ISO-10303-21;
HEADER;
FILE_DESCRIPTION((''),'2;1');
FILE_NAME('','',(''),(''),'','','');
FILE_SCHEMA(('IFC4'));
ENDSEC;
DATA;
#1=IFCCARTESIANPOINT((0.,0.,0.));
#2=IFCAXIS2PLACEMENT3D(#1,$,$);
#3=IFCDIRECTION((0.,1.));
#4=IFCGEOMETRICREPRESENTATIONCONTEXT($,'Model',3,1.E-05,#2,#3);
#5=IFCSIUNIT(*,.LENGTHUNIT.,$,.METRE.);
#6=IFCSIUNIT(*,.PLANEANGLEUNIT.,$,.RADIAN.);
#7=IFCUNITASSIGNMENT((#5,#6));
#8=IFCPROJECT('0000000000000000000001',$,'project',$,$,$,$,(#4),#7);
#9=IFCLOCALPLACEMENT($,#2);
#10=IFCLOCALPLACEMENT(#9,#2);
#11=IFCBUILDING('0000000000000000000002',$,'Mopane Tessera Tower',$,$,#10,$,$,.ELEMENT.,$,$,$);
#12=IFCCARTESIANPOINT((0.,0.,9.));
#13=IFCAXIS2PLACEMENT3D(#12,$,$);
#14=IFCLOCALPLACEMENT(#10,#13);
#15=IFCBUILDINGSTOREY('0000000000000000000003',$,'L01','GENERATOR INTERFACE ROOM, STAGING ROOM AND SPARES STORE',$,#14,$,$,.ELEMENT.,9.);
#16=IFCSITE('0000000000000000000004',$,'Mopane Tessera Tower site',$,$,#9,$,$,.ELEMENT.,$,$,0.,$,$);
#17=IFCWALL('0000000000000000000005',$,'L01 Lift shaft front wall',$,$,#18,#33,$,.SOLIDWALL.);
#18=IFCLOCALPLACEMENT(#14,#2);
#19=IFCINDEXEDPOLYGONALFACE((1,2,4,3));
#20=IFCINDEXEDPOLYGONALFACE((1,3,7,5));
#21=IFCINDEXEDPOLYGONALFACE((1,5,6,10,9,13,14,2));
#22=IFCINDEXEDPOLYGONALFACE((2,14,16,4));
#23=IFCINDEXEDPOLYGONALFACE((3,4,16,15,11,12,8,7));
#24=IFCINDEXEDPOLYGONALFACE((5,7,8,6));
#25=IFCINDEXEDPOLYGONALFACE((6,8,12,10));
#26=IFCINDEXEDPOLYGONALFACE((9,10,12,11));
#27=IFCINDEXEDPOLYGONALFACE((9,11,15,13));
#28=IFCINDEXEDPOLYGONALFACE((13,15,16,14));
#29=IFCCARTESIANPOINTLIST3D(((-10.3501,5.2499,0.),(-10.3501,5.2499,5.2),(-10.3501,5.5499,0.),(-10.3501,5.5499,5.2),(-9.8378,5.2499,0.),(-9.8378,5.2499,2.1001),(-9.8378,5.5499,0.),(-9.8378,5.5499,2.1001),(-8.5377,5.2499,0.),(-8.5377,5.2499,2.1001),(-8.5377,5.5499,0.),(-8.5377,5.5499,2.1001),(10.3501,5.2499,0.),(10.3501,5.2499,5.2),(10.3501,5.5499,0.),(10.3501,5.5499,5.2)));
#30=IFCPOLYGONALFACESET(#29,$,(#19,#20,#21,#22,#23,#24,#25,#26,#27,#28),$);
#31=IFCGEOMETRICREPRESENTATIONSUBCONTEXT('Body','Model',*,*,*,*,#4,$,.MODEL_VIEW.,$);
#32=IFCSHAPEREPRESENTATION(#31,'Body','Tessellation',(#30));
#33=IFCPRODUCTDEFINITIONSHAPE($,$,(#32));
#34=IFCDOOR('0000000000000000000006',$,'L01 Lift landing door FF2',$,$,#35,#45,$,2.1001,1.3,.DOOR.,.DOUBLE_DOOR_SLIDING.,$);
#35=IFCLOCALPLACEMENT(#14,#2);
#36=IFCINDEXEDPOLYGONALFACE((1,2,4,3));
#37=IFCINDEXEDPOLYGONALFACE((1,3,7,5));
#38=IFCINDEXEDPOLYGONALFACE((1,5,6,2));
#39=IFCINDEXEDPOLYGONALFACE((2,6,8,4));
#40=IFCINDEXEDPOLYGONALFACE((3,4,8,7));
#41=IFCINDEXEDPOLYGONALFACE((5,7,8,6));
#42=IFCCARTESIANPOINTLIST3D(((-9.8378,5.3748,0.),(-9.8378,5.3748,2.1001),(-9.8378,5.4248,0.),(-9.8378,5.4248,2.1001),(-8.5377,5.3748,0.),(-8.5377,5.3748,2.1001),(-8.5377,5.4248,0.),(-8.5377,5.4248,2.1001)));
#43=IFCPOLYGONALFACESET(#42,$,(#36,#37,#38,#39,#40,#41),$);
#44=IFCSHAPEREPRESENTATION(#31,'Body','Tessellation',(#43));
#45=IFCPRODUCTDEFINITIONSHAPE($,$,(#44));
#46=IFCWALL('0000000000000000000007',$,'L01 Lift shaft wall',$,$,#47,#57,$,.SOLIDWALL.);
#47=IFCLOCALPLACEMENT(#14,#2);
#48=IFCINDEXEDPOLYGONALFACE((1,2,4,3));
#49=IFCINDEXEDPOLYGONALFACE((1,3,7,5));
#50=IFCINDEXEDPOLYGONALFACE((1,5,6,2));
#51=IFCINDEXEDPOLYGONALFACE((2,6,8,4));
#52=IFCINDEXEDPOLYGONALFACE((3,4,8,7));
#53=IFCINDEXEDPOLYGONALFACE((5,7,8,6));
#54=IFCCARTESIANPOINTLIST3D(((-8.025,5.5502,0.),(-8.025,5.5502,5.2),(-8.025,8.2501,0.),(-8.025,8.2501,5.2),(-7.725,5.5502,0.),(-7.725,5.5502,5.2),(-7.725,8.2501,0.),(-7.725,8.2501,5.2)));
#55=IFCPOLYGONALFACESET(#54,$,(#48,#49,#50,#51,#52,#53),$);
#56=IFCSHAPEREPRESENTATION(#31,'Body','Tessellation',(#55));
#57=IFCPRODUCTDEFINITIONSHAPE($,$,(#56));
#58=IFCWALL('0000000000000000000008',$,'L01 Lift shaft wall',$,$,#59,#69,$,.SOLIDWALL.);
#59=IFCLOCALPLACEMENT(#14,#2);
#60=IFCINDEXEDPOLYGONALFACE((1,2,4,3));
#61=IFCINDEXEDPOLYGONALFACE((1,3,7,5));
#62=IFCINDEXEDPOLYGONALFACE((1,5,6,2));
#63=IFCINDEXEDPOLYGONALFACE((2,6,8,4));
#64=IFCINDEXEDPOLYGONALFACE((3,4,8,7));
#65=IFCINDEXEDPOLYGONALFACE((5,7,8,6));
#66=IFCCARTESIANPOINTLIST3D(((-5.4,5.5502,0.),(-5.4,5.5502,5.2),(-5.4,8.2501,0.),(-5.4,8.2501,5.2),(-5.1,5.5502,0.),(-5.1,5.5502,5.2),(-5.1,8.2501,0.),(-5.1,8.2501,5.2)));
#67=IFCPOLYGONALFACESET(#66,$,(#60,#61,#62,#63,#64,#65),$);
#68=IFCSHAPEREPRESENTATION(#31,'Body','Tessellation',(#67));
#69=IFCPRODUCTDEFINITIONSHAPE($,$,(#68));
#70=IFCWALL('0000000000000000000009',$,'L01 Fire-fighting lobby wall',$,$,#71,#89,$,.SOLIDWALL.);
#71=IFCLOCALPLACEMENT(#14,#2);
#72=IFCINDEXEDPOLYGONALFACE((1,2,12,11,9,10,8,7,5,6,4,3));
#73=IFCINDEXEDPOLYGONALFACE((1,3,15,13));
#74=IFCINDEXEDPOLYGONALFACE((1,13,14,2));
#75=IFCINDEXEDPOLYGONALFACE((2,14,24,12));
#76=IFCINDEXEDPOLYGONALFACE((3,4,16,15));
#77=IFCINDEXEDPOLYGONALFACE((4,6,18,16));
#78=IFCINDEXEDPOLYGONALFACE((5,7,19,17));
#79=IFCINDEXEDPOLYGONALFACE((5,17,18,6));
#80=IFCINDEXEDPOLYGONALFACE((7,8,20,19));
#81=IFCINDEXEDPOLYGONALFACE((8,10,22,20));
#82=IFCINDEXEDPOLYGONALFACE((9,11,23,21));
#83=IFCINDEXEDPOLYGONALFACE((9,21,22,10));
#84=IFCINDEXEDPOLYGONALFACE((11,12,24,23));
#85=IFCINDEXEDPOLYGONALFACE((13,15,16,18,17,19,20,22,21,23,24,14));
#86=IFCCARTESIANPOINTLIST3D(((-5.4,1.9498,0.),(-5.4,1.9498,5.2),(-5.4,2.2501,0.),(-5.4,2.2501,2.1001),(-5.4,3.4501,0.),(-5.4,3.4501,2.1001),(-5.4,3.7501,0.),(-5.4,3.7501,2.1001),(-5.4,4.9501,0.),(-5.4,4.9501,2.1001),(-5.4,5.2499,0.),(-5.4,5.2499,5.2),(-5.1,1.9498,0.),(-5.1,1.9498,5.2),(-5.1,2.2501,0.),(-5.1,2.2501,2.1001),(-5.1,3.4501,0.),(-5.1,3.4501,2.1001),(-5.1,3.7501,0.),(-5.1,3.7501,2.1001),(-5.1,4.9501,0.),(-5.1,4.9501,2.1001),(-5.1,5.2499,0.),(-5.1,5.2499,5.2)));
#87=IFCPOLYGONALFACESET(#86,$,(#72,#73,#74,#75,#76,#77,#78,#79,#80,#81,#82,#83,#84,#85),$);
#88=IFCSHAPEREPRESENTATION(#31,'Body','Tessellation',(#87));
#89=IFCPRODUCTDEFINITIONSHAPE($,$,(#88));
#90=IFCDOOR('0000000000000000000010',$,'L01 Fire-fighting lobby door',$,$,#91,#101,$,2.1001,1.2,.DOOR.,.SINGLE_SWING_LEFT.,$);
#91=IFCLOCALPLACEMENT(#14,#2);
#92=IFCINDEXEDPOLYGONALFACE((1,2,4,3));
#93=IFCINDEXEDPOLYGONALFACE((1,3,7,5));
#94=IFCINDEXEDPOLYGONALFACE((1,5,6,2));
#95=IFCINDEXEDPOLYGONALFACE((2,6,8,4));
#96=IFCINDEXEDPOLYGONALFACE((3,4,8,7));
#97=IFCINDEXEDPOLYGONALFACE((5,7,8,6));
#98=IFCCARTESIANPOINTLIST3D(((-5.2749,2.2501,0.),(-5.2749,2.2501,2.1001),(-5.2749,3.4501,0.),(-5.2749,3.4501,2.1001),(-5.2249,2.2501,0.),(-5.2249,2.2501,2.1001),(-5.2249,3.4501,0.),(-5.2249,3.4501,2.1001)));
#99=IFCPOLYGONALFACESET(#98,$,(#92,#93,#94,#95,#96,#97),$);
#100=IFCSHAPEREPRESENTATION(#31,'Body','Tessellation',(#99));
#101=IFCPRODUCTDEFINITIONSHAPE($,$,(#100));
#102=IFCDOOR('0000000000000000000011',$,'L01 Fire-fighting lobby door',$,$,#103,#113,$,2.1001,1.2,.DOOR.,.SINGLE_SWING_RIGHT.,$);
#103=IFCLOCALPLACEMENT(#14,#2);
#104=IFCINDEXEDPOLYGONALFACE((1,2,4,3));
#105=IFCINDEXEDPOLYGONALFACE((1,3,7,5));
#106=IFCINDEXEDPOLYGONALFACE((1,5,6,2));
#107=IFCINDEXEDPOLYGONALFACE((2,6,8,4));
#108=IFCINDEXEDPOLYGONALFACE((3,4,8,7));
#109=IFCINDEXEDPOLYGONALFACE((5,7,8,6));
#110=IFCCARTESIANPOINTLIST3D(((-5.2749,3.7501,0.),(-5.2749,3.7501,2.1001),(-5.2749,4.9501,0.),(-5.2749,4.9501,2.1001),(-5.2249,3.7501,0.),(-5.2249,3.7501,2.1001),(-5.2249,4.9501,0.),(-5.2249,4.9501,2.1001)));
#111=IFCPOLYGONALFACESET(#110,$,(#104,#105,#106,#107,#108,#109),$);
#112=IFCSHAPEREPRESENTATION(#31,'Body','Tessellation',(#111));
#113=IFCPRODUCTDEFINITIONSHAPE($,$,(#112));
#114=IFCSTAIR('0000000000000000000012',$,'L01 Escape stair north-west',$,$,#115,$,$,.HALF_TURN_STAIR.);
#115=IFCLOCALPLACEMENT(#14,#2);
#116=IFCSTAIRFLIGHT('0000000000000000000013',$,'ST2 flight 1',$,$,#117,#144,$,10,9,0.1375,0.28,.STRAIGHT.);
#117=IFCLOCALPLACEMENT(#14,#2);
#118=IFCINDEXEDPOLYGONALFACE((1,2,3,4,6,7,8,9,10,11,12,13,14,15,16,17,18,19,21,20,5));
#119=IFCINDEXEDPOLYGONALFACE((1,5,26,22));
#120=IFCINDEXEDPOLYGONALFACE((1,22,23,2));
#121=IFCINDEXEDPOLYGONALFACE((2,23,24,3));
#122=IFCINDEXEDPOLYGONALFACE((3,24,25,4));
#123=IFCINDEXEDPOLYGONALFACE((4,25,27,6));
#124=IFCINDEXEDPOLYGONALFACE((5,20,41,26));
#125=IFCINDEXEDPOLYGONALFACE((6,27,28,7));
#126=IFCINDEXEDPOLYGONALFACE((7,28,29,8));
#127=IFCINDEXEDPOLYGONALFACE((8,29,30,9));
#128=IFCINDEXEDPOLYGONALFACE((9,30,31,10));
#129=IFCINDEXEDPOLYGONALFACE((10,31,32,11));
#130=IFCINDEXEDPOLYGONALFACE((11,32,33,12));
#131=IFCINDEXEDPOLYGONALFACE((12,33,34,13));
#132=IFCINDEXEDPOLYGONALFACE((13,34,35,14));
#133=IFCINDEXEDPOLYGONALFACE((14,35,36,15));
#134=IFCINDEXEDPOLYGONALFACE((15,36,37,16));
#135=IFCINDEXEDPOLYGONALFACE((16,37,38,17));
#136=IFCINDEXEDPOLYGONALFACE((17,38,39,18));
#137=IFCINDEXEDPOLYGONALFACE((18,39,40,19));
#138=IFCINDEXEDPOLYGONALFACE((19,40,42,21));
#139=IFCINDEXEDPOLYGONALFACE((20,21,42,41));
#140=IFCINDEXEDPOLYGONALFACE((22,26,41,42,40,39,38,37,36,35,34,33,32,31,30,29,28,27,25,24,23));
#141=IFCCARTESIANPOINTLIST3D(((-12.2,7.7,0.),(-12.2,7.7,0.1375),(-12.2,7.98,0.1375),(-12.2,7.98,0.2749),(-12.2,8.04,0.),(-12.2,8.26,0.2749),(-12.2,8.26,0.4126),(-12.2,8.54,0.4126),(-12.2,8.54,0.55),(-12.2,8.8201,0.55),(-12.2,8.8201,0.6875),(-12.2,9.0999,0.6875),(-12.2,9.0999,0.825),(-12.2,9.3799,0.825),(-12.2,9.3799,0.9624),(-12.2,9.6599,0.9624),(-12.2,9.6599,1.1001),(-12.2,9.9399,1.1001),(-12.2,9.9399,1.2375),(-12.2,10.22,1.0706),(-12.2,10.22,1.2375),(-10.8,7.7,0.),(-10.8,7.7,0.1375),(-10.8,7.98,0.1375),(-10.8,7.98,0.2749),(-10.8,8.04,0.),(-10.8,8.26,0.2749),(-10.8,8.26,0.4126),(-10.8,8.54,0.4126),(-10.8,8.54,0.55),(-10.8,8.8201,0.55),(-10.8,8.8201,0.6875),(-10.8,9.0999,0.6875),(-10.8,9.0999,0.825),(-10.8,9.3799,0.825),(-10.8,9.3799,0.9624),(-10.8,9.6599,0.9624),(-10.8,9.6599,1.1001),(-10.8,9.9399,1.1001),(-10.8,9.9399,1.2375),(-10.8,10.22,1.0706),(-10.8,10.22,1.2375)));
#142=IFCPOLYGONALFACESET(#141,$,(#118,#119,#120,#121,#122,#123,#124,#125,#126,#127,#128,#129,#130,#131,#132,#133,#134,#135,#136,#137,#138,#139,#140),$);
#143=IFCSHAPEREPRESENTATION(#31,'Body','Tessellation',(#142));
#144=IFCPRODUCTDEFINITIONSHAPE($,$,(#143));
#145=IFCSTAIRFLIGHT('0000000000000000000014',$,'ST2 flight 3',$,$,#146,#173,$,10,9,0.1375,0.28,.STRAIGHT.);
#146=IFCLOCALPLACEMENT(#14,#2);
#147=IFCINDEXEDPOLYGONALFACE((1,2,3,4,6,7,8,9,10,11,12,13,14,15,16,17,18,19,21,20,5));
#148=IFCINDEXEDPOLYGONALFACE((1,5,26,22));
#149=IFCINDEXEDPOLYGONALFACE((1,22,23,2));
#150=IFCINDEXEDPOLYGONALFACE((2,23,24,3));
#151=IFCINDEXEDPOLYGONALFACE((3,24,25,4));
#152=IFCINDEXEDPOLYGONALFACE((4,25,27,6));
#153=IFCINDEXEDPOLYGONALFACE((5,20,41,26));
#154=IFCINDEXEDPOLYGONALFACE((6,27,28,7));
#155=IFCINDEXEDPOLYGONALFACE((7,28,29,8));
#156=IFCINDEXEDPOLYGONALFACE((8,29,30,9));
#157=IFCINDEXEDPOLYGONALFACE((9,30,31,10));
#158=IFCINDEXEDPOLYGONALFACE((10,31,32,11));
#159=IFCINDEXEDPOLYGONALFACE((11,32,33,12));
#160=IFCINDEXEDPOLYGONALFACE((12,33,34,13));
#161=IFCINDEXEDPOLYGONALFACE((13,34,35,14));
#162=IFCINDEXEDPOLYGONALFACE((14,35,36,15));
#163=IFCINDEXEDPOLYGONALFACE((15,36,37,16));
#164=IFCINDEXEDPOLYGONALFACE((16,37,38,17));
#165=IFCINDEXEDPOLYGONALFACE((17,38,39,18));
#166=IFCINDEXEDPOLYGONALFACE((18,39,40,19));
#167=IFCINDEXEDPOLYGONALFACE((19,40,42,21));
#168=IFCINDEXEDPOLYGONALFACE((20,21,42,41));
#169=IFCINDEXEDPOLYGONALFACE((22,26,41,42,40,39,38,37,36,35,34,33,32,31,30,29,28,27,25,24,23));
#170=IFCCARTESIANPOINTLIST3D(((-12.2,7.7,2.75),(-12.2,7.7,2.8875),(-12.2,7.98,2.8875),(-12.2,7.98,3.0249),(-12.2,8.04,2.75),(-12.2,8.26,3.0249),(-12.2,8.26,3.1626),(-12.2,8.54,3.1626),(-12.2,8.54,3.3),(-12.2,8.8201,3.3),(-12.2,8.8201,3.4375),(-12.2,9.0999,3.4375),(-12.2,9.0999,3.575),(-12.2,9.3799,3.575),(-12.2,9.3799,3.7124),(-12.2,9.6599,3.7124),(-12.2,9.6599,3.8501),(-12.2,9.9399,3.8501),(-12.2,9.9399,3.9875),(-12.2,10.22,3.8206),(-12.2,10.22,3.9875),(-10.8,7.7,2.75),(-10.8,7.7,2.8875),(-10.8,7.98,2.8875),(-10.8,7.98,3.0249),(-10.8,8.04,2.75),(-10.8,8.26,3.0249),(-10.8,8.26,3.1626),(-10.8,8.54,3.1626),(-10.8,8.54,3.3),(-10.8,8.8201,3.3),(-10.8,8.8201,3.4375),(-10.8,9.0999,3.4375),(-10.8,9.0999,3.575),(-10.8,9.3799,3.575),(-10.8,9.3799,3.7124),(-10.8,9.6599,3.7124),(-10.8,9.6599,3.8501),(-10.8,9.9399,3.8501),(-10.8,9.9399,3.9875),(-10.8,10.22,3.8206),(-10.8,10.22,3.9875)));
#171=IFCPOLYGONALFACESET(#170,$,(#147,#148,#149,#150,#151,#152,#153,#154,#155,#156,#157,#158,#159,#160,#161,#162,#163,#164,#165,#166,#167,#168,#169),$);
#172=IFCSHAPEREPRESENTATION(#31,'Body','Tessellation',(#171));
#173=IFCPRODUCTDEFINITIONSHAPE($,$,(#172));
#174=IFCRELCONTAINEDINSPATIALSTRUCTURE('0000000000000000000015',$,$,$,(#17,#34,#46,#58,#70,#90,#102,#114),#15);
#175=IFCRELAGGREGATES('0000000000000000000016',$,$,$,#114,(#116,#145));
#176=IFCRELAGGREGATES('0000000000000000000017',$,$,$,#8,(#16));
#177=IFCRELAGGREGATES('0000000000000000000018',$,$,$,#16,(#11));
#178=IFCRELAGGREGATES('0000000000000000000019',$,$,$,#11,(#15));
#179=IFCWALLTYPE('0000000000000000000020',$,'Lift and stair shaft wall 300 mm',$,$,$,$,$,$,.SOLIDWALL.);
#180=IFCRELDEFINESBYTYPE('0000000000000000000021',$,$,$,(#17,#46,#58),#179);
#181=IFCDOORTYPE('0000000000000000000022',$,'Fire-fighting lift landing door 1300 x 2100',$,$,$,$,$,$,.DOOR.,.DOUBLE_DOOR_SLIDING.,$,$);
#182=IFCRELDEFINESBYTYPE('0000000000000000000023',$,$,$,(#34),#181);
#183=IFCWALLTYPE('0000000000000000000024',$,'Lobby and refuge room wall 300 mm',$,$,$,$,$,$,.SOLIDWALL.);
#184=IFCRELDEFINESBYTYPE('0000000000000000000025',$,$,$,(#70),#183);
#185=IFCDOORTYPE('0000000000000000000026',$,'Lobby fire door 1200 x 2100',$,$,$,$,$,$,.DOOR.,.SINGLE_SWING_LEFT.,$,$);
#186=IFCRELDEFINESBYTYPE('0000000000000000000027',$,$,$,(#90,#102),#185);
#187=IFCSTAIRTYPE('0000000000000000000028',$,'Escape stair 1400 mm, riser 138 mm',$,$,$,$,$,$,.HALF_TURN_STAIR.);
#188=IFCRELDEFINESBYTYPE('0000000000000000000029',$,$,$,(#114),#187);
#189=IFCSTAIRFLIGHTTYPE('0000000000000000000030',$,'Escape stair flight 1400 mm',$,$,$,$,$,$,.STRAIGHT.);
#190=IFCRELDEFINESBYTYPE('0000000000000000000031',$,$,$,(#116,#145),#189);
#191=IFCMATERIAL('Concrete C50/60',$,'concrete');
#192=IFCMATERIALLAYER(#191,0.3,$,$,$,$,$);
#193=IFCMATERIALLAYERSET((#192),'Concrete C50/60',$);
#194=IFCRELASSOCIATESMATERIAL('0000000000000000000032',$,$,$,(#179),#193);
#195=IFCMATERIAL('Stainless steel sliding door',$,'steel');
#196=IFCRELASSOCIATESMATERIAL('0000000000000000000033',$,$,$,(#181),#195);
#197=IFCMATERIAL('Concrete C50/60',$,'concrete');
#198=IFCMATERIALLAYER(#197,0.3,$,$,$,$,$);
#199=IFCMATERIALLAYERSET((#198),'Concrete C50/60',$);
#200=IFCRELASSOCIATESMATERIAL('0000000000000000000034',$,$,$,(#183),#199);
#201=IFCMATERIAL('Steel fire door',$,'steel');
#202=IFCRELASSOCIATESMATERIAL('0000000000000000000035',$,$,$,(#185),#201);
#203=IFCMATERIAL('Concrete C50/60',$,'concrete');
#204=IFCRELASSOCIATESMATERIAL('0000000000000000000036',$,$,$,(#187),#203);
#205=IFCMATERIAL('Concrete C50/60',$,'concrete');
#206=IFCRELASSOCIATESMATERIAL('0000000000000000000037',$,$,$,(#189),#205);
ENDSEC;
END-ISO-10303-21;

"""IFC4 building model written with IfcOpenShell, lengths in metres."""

from ifc_helpers import new_model, si_unit, direction, frame, frame_2d, origin, place, context, subcontext, project, spatial, polyline, rectangle, outline, extrude, material, layer, layer_set, type_object, element, fill, aggregate, save


model = new_model("IFC4")

# Units and contexts
model_context = context("Model", 3, precision=1e-05, world=origin(), true_north=direction((0.0, 1.0)))
body_context = subcontext(model_context, "Body", "Model", "MODEL_VIEW")
ifc_project = project(units=[si_unit("LENGTHUNIT", "METRE"), si_unit("PLANEANGLEUNIT", "RADIAN")], contexts=[model_context])

# Site, building, storey
site_placement = place(None, origin())
site = spatial("IfcSite", under=ifc_project, at=site_placement, Name="Mopane Tessera Tower site", CompositionType="ELEMENT", RefElevation=0.0)
building_placement = place(site_placement, origin())
building = spatial("IfcBuilding", under=site, at=building_placement, Name="Mopane Tessera Tower", CompositionType="ELEMENT")
storey_placement = place(building_placement, frame((0.0, 0.0, 9.0)))
storey = spatial("IfcBuildingStorey", under=building, at=storey_placement, Name="L01", Description="GENERATOR INTERFACE ROOM, STAGING ROOM AND SPARES STORE", CompositionType="ELEMENT", Elevation=9.0)

# Shared definitions
ifc_material_1 = material(Name="Concrete C50/60", Category="concrete")
ifc_layer_1 = layer(ifc_material_1, 0.3)
ifc_layer_set_1 = layer_set([ifc_layer_1], Name="Concrete C50/60")
wall_type_1 = type_object("IfcWallType", Name="Lift and stair shaft wall 300 mm", PredefinedType="SOLIDWALL", material=ifc_layer_set_1)
ifc_material_2 = material(Name="Stainless steel sliding door", Category="steel")
door_type_1 = type_object("IfcDoorType", Name="Fire-fighting lift landing door 1300 x 2100", OperationType="DOUBLE_DOOR_SLIDING", PredefinedType="DOOR", material=ifc_material_2)

# Wall, opening, door
wall_1_placement = place(storey_placement, frame((-10.3501, 5.3999, 0.0), z_axis=(0.0, 0.0, 1.0), x_axis=(1.0, 0.0, 0.0)))
wall_1 = element("IfcWall", 1, at=wall_1_placement, inside=storey, type_object=wall_type_1, Name="L01 Lift shaft front wall", PredefinedType="SOLIDWALL", context=body_context, shape_type="SweptSolid", body=[
    extrude(rectangle(XDim=20.7002, YDim=0.3, at=frame_2d((10.3501, 0.0))), origin(), (0.0, 0.0, 1.0), 5.2),
])
opening_1_placement = place(wall_1_placement, frame((0.5125, 0.0, 0.0)))
opening_1 = element("IfcOpeningElement", 2, at=opening_1_placement, cuts=wall_1, PredefinedType="OPENING", context=body_context, shape_type="SweptSolid", body=[
    extrude(rectangle(XDim=1.3, YDim=2.1001, at=frame_2d((0.6499, 1.05))), frame((0.0, 0.1621, 0.0), z_axis=(0.0, -1.0, 0.0), x_axis=(1.0, 0.0, 0.0)), (0.0, 0.0, 1.0), 0.324),
])
door_1_placement = place(opening_1_placement, origin())
door_1 = element("IfcDoor", 3, at=door_1_placement, inside=storey, type_object=door_type_1, Name="L01 Lift landing door FF2", OperationType="DOUBLE_DOOR_SLIDING", OverallHeight=2.1001, OverallWidth=1.3, PredefinedType="DOOR", context=body_context, shape_type="SweptSolid", body=[
    extrude(rectangle(XDim=1.3, YDim=2.1001, at=frame_2d((0.6499, 1.05))), frame((0.0, 0.0249, 0.0), z_axis=(0.0, -1.0, 0.0), x_axis=(1.0, 0.0, 0.0)), (0.0, 0.0, 1.0), 0.05),
])
fill(opening_1, door_1)

# Walls
for number, where, z_axis, x_axis, name in (
    (4, (-7.875, 5.55, 0.0), (0.0, 0.0, 1.0), (0.0, 1.0, 0.0), "L01 Lift shaft wall"),
    (5, (-5.25, 5.55, 0.0), (0.0, 0.0, 1.0), (0.0, 1.0, 0.0), "L01 Lift shaft wall"),
):
    element("IfcWall", number, at=place(storey_placement, frame(where, z_axis=z_axis, x_axis=x_axis)), inside=storey, type_object=wall_type_1, Name=name, PredefinedType="SOLIDWALL", context=body_context, shape_type="SweptSolid", body=[
        extrude(rectangle(XDim=2.7, YDim=0.3, at=frame_2d((1.3501, 0.0))), origin(), (0.0, 0.0, 1.0), 5.2),
    ])

# Wall, openings, doors
ifc_material_3 = material(Name="Concrete C50/60", Category="concrete")
ifc_layer_2 = layer(ifc_material_3, 0.3)
ifc_layer_set_2 = layer_set([ifc_layer_2], Name="Concrete C50/60")
wall_type_2 = type_object("IfcWallType", Name="Lobby and refuge room wall 300 mm", PredefinedType="SOLIDWALL", material=ifc_layer_set_2)
wall_2_placement = place(storey_placement, frame((-5.25, 1.95, 0.0), z_axis=(0.0, 0.0, 1.0), x_axis=(0.0, 1.0, 0.0)))
wall_2 = element("IfcWall", 6, at=wall_2_placement, inside=storey, type_object=wall_type_2, Name="L01 Fire-fighting lobby wall", PredefinedType="SOLIDWALL", context=body_context, shape_type="SweptSolid", body=[
    extrude(rectangle(XDim=3.3, YDim=0.3, at=frame_2d((1.6499, 0.0))), origin(), (0.0, 0.0, 1.0), 5.2),
])
opening_2_placement = place(wall_2_placement, frame((0.3, 0.0, 0.0)))
opening_2 = element("IfcOpeningElement", 7, at=opening_2_placement, cuts=wall_2, PredefinedType="OPENING", context=body_context, shape_type="SweptSolid", body=[
    extrude(rectangle(XDim=1.2, YDim=2.1001, at=frame_2d((0.6001, 1.05))), frame((0.0, 0.1621, 0.0), z_axis=(0.0, -1.0, 0.0), x_axis=(1.0, 0.0, 0.0)), (0.0, 0.0, 1.0), 0.324),
])
opening_3_placement = place(wall_2_placement, frame((1.8, 0.0, 0.0)))
opening_3 = element("IfcOpeningElement", 8, at=opening_3_placement, cuts=wall_2, PredefinedType="OPENING", context=body_context, shape_type="SweptSolid", body=[
    extrude(rectangle(XDim=1.2, YDim=2.1001, at=frame_2d((0.6001, 1.05))), frame((0.0, 0.1621, 0.0), z_axis=(0.0, -1.0, 0.0), x_axis=(1.0, 0.0, 0.0)), (0.0, 0.0, 1.0), 0.324),
])
ifc_material_4 = material(Name="Steel fire door", Category="steel")
door_type_2 = type_object("IfcDoorType", Name="Lobby fire door 1200 x 2100", OperationType="SINGLE_SWING_LEFT", PredefinedType="DOOR", material=ifc_material_4)
door_2_placement = place(opening_2_placement, origin())
door_2 = element("IfcDoor", 9, at=door_2_placement, inside=storey, type_object=door_type_2, Name="L01 Fire-fighting lobby door", OperationType="SINGLE_SWING_LEFT", OverallHeight=2.1001, OverallWidth=1.2, PredefinedType="DOOR", context=body_context, shape_type="SweptSolid", body=[
    extrude(rectangle(XDim=1.2, YDim=2.1001, at=frame_2d((0.6001, 1.05))), frame((0.0, 0.0249, 0.0), z_axis=(0.0, -1.0, 0.0), x_axis=(1.0, 0.0, 0.0)), (0.0, 0.0, 1.0), 0.05),
])
fill(opening_2, door_2)
door_3_placement = place(opening_3_placement, origin())
door_3 = element("IfcDoor", 10, at=door_3_placement, inside=storey, type_object=door_type_2, Name="L01 Fire-fighting lobby door", OperationType="SINGLE_SWING_RIGHT", OverallHeight=2.1001, OverallWidth=1.2, PredefinedType="DOOR", context=body_context, shape_type="SweptSolid", body=[
    extrude(rectangle(XDim=1.2, YDim=2.1001, at=frame_2d((0.6001, 1.05))), frame((0.0, 0.0249, 0.0), z_axis=(0.0, -1.0, 0.0), x_axis=(1.0, 0.0, 0.0)), (0.0, 0.0, 1.0), 0.05),
])
fill(opening_3, door_3)

# Stair, stair flights
ifc_material_5 = material(Name="Concrete C50/60", Category="concrete")
stair_type = type_object("IfcStairType", Name="Escape stair 1400 mm, riser 138 mm", PredefinedType="HALF_TURN_STAIR", material=ifc_material_5)
stair_placement = place(storey_placement, origin())
stair = element("IfcStair", 11, at=stair_placement, inside=storey, type_object=stair_type, Name="L01 Escape stair north-west", PredefinedType="HALF_TURN_STAIR")
ifc_material_6 = material(Name="Concrete C50/60", Category="concrete")
stair_flight_type = type_object("IfcStairFlightType", Name="Escape stair flight 1400 mm", PredefinedType="STRAIGHT", material=ifc_material_6)
stair_flight_1_placement = place(storey_placement, frame((-11.5, 7.7, 0.0), z_axis=(0.0, 0.0, 1.0), x_axis=(0.0, 1.0, 0.0)))
stair_flight_1 = element("IfcStairFlight", 12, at=stair_flight_1_placement, type_object=stair_flight_type, Name="ST2 flight 1", NumberOfRisers=10, NumberOfTreads=9, PredefinedType="STRAIGHT", RiserHeight=0.1375, TreadLength=0.28, context=body_context, shape_type="SweptSolid", body=[
    extrude(outline(polyline([(0.0, 0.0), (0.0, 0.1375), (0.28, 0.1375), (0.28, 0.2749), (0.5601, 0.2749), (0.5601, 0.4126), (0.8401, 0.4126), (0.8401, 0.55), (1.1201, 0.55), (1.1201, 0.6875), (1.3999, 0.6875), (1.3999, 0.825), (1.6799, 0.825), (1.6799, 0.9624), (1.96, 0.9624), (1.96, 1.1001), (2.24, 1.1001), (2.24, 1.2375), (2.52, 1.2375), (2.52, 1.375), (2.52, 1.0706), (0.3401, 0.0), (0.0, 0.0)])), frame((0.0, 0.7, 0.0), z_axis=(0.0, -1.0, 0.0), x_axis=(1.0, 0.0, 0.0)), (0.0, 0.0, 1.0), 1.3999),
])
stair_flight_2_placement = place(storey_placement, frame((-11.5, 7.7, 2.75), z_axis=(0.0, 0.0, 1.0), x_axis=(0.0, 1.0, 0.0)))
stair_flight_2 = element("IfcStairFlight", 13, at=stair_flight_2_placement, type_object=stair_flight_type, Name="ST2 flight 3", NumberOfRisers=10, NumberOfTreads=9, PredefinedType="STRAIGHT", RiserHeight=0.1375, TreadLength=0.28, context=body_context, shape_type="SweptSolid", body=[
    extrude(outline(polyline([(0.0, 0.0), (0.0, 0.1375), (0.28, 0.1375), (0.28, 0.2749), (0.5601, 0.2749), (0.5601, 0.4126), (0.8401, 0.4126), (0.8401, 0.55), (1.1201, 0.55), (1.1201, 0.6875), (1.3999, 0.6875), (1.3999, 0.825), (1.6799, 0.825), (1.6799, 0.9624), (1.96, 0.9624), (1.96, 1.1001), (2.24, 1.1001), (2.24, 1.2375), (2.52, 1.2375), (2.52, 1.375), (2.52, 1.0706), (0.3401, 0.0), (0.0, 0.0)])), frame((0.0, 0.7, 0.0), z_axis=(0.0, -1.0, 0.0), x_axis=(1.0, 0.0, 0.0)), (0.0, 0.0, 1.0), 1.3999),
])
aggregate(stair, [stair_flight_1, stair_flight_2])

save(model, "model.ifc")
